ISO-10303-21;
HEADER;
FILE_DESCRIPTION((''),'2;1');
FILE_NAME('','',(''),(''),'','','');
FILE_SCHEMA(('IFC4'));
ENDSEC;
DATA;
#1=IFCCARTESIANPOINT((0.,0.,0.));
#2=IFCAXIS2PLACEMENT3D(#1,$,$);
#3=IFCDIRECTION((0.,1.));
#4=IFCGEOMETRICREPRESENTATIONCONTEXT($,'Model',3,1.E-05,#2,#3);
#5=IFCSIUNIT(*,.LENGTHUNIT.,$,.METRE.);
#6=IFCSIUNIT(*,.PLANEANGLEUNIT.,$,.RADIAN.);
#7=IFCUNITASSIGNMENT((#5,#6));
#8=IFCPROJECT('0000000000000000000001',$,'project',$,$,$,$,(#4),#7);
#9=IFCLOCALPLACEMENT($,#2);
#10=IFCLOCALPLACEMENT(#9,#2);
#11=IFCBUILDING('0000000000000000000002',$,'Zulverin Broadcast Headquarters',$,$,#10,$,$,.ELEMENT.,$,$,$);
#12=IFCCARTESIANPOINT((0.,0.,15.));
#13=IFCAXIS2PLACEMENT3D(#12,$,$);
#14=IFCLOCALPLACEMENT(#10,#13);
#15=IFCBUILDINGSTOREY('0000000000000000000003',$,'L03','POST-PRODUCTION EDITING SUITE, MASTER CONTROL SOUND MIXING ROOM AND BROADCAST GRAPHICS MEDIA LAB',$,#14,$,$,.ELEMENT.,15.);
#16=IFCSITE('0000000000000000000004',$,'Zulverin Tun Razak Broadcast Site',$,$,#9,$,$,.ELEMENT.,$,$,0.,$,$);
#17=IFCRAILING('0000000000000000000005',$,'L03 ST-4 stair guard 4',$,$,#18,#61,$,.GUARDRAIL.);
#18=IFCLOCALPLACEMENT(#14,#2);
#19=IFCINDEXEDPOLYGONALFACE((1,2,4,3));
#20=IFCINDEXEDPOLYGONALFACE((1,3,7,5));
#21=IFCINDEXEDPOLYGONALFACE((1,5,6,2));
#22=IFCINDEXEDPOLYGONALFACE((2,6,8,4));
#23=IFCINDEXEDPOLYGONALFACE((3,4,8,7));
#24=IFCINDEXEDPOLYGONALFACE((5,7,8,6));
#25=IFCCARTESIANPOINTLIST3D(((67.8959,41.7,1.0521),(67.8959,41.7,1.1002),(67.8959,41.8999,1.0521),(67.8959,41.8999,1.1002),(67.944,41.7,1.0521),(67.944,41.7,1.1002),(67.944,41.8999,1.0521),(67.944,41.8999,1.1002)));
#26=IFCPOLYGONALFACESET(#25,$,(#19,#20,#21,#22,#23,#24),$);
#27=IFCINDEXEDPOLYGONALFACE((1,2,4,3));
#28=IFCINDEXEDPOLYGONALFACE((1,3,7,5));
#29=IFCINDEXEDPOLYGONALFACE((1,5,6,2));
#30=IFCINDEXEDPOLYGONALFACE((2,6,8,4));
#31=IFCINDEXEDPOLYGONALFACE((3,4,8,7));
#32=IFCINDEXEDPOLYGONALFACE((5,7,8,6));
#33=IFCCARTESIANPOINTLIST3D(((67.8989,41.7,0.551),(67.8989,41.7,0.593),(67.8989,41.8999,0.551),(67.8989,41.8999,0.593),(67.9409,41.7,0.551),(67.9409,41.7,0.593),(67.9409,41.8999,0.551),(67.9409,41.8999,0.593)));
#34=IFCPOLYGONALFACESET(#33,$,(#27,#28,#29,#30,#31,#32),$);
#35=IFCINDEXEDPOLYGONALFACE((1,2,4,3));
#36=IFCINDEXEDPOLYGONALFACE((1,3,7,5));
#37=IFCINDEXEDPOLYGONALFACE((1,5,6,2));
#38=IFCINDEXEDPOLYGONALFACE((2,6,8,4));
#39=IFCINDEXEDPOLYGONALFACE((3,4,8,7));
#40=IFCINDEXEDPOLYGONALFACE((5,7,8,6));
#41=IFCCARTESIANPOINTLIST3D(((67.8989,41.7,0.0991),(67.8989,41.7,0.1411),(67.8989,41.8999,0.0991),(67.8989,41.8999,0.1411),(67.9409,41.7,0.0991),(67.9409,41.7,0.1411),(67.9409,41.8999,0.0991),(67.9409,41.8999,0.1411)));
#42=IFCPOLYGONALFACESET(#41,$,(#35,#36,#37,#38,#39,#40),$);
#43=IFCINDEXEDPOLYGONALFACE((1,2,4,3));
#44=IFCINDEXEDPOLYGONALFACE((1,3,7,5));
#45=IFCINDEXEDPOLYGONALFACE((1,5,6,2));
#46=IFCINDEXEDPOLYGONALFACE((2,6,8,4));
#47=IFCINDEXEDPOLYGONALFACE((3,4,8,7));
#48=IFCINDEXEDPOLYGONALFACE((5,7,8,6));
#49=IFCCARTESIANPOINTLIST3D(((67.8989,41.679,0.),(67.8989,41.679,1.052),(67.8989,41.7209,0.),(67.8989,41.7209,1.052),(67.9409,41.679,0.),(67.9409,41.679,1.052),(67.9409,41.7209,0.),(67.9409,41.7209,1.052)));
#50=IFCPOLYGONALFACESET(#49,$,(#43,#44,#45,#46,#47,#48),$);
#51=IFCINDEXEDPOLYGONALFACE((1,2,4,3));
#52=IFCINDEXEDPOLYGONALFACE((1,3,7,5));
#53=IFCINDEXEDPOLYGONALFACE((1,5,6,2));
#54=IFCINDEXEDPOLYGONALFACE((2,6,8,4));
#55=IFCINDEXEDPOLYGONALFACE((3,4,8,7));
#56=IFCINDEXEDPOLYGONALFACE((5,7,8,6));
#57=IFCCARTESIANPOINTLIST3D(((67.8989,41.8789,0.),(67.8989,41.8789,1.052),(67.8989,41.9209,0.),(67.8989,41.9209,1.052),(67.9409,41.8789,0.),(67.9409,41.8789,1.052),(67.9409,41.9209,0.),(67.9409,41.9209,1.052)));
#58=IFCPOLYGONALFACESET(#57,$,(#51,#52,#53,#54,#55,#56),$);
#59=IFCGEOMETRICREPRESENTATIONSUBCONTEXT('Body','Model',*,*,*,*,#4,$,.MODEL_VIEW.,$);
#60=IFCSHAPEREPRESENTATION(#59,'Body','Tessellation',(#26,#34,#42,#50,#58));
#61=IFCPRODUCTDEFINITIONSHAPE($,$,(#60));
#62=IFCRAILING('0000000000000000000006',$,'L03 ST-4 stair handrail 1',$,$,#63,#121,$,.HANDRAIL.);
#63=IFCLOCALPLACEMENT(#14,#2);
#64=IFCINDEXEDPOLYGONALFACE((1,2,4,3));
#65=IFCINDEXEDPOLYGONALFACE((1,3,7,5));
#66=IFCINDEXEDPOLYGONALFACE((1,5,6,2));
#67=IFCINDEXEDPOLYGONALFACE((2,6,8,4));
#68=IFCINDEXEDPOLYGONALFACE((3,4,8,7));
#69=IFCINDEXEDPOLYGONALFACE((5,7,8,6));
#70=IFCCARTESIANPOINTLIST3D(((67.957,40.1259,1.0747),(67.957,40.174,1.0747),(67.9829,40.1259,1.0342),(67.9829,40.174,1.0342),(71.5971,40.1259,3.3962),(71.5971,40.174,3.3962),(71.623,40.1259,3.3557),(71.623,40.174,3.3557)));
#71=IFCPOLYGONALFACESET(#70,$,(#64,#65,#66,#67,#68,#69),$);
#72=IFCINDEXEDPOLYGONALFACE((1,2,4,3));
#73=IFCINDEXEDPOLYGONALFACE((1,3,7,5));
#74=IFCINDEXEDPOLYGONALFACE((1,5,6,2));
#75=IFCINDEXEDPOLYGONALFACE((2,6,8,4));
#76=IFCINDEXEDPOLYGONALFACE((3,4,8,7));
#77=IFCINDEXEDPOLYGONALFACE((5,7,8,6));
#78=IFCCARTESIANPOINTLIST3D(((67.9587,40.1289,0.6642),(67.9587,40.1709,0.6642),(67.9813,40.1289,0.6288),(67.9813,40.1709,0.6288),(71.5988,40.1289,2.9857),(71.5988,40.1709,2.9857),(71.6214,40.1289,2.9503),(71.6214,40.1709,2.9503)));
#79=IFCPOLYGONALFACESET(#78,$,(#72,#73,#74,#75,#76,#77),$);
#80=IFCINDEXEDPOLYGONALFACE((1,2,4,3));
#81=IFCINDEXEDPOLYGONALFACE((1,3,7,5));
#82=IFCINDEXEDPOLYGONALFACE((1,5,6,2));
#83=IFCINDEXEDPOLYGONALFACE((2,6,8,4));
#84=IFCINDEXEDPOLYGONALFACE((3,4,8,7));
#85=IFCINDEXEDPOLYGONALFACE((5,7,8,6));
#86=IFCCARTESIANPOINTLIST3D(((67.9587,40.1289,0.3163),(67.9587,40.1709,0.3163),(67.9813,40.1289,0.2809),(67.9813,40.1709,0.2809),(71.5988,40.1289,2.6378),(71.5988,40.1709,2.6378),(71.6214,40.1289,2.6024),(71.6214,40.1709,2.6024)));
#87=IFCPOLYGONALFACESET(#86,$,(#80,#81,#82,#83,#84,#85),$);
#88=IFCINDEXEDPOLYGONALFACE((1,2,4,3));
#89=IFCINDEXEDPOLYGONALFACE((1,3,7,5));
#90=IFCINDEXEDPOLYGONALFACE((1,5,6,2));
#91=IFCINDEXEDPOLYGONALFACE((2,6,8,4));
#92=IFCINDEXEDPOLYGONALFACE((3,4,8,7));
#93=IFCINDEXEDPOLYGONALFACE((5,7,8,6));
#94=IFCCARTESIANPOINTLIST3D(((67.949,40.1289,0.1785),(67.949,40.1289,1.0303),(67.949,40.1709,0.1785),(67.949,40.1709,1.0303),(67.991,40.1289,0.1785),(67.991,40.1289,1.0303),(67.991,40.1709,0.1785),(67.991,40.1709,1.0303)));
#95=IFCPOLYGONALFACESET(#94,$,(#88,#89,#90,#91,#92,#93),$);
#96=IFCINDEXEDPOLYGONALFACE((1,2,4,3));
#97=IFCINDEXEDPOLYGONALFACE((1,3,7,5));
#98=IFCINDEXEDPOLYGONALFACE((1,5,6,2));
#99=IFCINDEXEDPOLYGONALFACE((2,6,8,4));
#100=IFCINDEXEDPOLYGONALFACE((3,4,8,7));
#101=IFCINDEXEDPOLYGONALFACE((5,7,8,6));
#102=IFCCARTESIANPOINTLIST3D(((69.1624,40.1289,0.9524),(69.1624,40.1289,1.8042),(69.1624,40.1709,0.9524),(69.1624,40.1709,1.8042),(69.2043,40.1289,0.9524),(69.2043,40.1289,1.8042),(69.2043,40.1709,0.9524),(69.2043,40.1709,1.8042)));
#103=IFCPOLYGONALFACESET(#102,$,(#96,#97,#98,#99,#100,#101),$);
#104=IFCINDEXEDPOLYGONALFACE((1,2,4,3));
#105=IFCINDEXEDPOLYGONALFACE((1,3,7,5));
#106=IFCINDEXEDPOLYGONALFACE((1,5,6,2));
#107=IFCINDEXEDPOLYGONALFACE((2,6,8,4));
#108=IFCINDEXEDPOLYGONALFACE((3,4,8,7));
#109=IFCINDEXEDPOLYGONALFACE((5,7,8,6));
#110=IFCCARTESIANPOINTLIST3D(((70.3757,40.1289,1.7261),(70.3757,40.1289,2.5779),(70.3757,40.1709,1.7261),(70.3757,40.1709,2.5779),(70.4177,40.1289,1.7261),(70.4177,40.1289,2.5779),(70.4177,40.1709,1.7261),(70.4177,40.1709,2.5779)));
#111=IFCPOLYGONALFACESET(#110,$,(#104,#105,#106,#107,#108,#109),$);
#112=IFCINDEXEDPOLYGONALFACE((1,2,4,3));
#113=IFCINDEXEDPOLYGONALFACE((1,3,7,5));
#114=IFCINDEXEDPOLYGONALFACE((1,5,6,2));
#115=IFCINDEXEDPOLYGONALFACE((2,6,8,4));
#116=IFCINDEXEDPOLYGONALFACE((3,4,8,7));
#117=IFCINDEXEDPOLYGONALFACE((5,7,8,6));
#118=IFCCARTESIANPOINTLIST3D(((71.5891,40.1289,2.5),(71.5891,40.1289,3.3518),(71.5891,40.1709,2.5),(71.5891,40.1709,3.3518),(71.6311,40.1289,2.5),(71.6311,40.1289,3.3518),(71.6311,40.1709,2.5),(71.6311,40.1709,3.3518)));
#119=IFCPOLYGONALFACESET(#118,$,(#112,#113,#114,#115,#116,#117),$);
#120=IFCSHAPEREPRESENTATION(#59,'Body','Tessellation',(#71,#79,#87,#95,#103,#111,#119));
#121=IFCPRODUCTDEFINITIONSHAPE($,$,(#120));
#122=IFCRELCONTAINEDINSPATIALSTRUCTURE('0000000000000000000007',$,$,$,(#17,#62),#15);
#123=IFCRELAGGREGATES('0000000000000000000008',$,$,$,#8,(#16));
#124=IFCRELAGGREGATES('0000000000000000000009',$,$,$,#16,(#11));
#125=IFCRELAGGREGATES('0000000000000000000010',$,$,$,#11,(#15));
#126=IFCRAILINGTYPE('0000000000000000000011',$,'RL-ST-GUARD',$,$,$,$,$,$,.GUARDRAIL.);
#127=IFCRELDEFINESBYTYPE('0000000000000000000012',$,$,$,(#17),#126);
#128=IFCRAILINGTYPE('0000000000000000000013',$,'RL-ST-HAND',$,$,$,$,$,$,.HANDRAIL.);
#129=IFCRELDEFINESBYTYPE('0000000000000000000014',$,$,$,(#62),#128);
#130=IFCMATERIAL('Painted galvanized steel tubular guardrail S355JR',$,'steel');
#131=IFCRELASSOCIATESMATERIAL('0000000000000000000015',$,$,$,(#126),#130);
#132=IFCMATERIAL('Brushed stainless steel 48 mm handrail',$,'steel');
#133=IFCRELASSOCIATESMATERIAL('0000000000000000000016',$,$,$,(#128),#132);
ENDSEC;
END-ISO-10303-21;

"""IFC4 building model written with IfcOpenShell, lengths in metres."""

from ifc_helpers import new_model, si_unit, direction, frame, origin, origin_2d, place, context, subcontext, project, spatial, rectangle, extrude, material, type_object, element, save


model = new_model("IFC4")

# Units and contexts
model_context = context("Model", 3, precision=1e-05, world=origin(), true_north=direction((0.0, 1.0)))
body_context = subcontext(model_context, "Body", "Model", "MODEL_VIEW")
ifc_project = project(units=[si_unit("LENGTHUNIT", "METRE"), si_unit("PLANEANGLEUNIT", "RADIAN")], contexts=[model_context])

# Site, building, storey
site_placement = place(None, origin())
site = spatial("IfcSite", under=ifc_project, at=site_placement, Name="Zulverin Tun Razak Broadcast Site", CompositionType="ELEMENT", RefElevation=0.0)
building_placement = place(site_placement, origin())
building = spatial("IfcBuilding", under=site, at=building_placement, Name="Zulverin Broadcast Headquarters", CompositionType="ELEMENT")
storey_placement = place(building_placement, frame((0.0, 0.0, 15.0)))
storey = spatial("IfcBuildingStorey", under=building, at=storey_placement, Name="L03", Description="POST-PRODUCTION EDITING SUITE, MASTER CONTROL SOUND MIXING ROOM AND BROADCAST GRAPHICS MEDIA LAB", CompositionType="ELEMENT", Elevation=15.0)

# Railings
ifc_material_1 = material(Name="Painted galvanized steel tubular guardrail S355JR", Category="steel")
railing_type_1 = type_object("IfcRailingType", Name="RL-ST-GUARD", PredefinedType="GUARDRAIL", material=ifc_material_1)
railing_1_placement = place(storey_placement, frame((67.9199, 41.7, 0.0)))
element("IfcRailing", 1, at=railing_1_placement, inside=storey, type_object=railing_type_1, Name="L03 ST-4 stair guard 4", PredefinedType="GUARDRAIL", context=body_context, shape_type="SweptSolid", body=[
    extrude(rectangle(XDim=0.0481, YDim=0.0481, at=origin_2d()), frame((0.0, 0.0, 1.0762), z_axis=(0.0, 1.0, 0.0), x_axis=(-1.0, 0.0, 0.0)), (0.0, 0.0, 1.0), 0.2),
    extrude(rectangle(XDim=0.042, YDim=0.042, at=origin_2d()), frame((0.0, 0.0, 0.572), z_axis=(0.0, 1.0, 0.0), x_axis=(-1.0, 0.0, 0.0)), (0.0, 0.0, 1.0), 0.2),
    extrude(rectangle(XDim=0.042, YDim=0.042, at=origin_2d()), frame((0.0, 0.0, 0.1201), z_axis=(0.0, 1.0, 0.0), x_axis=(-1.0, 0.0, 0.0)), (0.0, 0.0, 1.0), 0.2),
    extrude(rectangle(XDim=0.042, YDim=0.042, at=origin_2d()), origin(), (0.0, 0.0, 1.0), 1.052),
    extrude(rectangle(XDim=0.042, YDim=0.042, at=origin_2d()), frame((0.0, 0.2, 0.0)), (0.0, 0.0, 1.0), 1.052),
])
ifc_material_2 = material(Name="Brushed stainless steel 48 mm handrail", Category="steel")
railing_type_2 = type_object("IfcRailingType", Name="RL-ST-HAND", PredefinedType="HANDRAIL", material=ifc_material_2)
railing_2_placement = place(storey_placement, frame((67.97, 40.1499, 0.1785)))
element("IfcRailing", 2, at=railing_2_placement, inside=storey, type_object=railing_type_2, Name="L03 ST-4 stair handrail 1", PredefinedType="HANDRAIL", context=body_context, shape_type="SweptSolid", body=[
    extrude(rectangle(XDim=0.0481, YDim=0.0481, at=origin_2d()), frame((0.0, 0.0, 0.876), z_axis=(0.843128, 0.0, 0.537713), x_axis=(0.0, 1.0, 0.0)), (0.0, 0.0, 1.0), 4.3174),
    extrude(rectangle(XDim=0.042, YDim=0.042, at=origin_2d()), frame((0.0, 0.0, 0.468), z_axis=(0.843128, 0.0, 0.537713), x_axis=(0.0, 1.0, 0.0)), (0.0, 0.0, 1.0), 4.3174),
    extrude(rectangle(XDim=0.042, YDim=0.042, at=origin_2d()), frame((0.0, 0.0, 0.1201), z_axis=(0.843128, 0.0, 0.537713), x_axis=(0.0, 1.0, 0.0)), (0.0, 0.0, 1.0), 4.3174),
    extrude(rectangle(XDim=0.042, YDim=0.042, at=origin_2d()), origin(), (0.0, 0.0, 1.0), 0.8518),
    extrude(rectangle(XDim=0.042, YDim=0.042, at=origin_2d()), frame((1.2134, 0.0, 0.7739)), (0.0, 0.0, 1.0), 0.8518),
    extrude(rectangle(XDim=0.042, YDim=0.042, at=origin_2d()), frame((2.4268, 0.0, 1.5476)), (0.0, 0.0, 1.0), 0.8518),
    extrude(rectangle(XDim=0.042, YDim=0.042, at=origin_2d()), frame((3.6401, 0.0, 2.3215)), (0.0, 0.0, 1.0), 0.8518),
])

save(model, "model.ifc")
